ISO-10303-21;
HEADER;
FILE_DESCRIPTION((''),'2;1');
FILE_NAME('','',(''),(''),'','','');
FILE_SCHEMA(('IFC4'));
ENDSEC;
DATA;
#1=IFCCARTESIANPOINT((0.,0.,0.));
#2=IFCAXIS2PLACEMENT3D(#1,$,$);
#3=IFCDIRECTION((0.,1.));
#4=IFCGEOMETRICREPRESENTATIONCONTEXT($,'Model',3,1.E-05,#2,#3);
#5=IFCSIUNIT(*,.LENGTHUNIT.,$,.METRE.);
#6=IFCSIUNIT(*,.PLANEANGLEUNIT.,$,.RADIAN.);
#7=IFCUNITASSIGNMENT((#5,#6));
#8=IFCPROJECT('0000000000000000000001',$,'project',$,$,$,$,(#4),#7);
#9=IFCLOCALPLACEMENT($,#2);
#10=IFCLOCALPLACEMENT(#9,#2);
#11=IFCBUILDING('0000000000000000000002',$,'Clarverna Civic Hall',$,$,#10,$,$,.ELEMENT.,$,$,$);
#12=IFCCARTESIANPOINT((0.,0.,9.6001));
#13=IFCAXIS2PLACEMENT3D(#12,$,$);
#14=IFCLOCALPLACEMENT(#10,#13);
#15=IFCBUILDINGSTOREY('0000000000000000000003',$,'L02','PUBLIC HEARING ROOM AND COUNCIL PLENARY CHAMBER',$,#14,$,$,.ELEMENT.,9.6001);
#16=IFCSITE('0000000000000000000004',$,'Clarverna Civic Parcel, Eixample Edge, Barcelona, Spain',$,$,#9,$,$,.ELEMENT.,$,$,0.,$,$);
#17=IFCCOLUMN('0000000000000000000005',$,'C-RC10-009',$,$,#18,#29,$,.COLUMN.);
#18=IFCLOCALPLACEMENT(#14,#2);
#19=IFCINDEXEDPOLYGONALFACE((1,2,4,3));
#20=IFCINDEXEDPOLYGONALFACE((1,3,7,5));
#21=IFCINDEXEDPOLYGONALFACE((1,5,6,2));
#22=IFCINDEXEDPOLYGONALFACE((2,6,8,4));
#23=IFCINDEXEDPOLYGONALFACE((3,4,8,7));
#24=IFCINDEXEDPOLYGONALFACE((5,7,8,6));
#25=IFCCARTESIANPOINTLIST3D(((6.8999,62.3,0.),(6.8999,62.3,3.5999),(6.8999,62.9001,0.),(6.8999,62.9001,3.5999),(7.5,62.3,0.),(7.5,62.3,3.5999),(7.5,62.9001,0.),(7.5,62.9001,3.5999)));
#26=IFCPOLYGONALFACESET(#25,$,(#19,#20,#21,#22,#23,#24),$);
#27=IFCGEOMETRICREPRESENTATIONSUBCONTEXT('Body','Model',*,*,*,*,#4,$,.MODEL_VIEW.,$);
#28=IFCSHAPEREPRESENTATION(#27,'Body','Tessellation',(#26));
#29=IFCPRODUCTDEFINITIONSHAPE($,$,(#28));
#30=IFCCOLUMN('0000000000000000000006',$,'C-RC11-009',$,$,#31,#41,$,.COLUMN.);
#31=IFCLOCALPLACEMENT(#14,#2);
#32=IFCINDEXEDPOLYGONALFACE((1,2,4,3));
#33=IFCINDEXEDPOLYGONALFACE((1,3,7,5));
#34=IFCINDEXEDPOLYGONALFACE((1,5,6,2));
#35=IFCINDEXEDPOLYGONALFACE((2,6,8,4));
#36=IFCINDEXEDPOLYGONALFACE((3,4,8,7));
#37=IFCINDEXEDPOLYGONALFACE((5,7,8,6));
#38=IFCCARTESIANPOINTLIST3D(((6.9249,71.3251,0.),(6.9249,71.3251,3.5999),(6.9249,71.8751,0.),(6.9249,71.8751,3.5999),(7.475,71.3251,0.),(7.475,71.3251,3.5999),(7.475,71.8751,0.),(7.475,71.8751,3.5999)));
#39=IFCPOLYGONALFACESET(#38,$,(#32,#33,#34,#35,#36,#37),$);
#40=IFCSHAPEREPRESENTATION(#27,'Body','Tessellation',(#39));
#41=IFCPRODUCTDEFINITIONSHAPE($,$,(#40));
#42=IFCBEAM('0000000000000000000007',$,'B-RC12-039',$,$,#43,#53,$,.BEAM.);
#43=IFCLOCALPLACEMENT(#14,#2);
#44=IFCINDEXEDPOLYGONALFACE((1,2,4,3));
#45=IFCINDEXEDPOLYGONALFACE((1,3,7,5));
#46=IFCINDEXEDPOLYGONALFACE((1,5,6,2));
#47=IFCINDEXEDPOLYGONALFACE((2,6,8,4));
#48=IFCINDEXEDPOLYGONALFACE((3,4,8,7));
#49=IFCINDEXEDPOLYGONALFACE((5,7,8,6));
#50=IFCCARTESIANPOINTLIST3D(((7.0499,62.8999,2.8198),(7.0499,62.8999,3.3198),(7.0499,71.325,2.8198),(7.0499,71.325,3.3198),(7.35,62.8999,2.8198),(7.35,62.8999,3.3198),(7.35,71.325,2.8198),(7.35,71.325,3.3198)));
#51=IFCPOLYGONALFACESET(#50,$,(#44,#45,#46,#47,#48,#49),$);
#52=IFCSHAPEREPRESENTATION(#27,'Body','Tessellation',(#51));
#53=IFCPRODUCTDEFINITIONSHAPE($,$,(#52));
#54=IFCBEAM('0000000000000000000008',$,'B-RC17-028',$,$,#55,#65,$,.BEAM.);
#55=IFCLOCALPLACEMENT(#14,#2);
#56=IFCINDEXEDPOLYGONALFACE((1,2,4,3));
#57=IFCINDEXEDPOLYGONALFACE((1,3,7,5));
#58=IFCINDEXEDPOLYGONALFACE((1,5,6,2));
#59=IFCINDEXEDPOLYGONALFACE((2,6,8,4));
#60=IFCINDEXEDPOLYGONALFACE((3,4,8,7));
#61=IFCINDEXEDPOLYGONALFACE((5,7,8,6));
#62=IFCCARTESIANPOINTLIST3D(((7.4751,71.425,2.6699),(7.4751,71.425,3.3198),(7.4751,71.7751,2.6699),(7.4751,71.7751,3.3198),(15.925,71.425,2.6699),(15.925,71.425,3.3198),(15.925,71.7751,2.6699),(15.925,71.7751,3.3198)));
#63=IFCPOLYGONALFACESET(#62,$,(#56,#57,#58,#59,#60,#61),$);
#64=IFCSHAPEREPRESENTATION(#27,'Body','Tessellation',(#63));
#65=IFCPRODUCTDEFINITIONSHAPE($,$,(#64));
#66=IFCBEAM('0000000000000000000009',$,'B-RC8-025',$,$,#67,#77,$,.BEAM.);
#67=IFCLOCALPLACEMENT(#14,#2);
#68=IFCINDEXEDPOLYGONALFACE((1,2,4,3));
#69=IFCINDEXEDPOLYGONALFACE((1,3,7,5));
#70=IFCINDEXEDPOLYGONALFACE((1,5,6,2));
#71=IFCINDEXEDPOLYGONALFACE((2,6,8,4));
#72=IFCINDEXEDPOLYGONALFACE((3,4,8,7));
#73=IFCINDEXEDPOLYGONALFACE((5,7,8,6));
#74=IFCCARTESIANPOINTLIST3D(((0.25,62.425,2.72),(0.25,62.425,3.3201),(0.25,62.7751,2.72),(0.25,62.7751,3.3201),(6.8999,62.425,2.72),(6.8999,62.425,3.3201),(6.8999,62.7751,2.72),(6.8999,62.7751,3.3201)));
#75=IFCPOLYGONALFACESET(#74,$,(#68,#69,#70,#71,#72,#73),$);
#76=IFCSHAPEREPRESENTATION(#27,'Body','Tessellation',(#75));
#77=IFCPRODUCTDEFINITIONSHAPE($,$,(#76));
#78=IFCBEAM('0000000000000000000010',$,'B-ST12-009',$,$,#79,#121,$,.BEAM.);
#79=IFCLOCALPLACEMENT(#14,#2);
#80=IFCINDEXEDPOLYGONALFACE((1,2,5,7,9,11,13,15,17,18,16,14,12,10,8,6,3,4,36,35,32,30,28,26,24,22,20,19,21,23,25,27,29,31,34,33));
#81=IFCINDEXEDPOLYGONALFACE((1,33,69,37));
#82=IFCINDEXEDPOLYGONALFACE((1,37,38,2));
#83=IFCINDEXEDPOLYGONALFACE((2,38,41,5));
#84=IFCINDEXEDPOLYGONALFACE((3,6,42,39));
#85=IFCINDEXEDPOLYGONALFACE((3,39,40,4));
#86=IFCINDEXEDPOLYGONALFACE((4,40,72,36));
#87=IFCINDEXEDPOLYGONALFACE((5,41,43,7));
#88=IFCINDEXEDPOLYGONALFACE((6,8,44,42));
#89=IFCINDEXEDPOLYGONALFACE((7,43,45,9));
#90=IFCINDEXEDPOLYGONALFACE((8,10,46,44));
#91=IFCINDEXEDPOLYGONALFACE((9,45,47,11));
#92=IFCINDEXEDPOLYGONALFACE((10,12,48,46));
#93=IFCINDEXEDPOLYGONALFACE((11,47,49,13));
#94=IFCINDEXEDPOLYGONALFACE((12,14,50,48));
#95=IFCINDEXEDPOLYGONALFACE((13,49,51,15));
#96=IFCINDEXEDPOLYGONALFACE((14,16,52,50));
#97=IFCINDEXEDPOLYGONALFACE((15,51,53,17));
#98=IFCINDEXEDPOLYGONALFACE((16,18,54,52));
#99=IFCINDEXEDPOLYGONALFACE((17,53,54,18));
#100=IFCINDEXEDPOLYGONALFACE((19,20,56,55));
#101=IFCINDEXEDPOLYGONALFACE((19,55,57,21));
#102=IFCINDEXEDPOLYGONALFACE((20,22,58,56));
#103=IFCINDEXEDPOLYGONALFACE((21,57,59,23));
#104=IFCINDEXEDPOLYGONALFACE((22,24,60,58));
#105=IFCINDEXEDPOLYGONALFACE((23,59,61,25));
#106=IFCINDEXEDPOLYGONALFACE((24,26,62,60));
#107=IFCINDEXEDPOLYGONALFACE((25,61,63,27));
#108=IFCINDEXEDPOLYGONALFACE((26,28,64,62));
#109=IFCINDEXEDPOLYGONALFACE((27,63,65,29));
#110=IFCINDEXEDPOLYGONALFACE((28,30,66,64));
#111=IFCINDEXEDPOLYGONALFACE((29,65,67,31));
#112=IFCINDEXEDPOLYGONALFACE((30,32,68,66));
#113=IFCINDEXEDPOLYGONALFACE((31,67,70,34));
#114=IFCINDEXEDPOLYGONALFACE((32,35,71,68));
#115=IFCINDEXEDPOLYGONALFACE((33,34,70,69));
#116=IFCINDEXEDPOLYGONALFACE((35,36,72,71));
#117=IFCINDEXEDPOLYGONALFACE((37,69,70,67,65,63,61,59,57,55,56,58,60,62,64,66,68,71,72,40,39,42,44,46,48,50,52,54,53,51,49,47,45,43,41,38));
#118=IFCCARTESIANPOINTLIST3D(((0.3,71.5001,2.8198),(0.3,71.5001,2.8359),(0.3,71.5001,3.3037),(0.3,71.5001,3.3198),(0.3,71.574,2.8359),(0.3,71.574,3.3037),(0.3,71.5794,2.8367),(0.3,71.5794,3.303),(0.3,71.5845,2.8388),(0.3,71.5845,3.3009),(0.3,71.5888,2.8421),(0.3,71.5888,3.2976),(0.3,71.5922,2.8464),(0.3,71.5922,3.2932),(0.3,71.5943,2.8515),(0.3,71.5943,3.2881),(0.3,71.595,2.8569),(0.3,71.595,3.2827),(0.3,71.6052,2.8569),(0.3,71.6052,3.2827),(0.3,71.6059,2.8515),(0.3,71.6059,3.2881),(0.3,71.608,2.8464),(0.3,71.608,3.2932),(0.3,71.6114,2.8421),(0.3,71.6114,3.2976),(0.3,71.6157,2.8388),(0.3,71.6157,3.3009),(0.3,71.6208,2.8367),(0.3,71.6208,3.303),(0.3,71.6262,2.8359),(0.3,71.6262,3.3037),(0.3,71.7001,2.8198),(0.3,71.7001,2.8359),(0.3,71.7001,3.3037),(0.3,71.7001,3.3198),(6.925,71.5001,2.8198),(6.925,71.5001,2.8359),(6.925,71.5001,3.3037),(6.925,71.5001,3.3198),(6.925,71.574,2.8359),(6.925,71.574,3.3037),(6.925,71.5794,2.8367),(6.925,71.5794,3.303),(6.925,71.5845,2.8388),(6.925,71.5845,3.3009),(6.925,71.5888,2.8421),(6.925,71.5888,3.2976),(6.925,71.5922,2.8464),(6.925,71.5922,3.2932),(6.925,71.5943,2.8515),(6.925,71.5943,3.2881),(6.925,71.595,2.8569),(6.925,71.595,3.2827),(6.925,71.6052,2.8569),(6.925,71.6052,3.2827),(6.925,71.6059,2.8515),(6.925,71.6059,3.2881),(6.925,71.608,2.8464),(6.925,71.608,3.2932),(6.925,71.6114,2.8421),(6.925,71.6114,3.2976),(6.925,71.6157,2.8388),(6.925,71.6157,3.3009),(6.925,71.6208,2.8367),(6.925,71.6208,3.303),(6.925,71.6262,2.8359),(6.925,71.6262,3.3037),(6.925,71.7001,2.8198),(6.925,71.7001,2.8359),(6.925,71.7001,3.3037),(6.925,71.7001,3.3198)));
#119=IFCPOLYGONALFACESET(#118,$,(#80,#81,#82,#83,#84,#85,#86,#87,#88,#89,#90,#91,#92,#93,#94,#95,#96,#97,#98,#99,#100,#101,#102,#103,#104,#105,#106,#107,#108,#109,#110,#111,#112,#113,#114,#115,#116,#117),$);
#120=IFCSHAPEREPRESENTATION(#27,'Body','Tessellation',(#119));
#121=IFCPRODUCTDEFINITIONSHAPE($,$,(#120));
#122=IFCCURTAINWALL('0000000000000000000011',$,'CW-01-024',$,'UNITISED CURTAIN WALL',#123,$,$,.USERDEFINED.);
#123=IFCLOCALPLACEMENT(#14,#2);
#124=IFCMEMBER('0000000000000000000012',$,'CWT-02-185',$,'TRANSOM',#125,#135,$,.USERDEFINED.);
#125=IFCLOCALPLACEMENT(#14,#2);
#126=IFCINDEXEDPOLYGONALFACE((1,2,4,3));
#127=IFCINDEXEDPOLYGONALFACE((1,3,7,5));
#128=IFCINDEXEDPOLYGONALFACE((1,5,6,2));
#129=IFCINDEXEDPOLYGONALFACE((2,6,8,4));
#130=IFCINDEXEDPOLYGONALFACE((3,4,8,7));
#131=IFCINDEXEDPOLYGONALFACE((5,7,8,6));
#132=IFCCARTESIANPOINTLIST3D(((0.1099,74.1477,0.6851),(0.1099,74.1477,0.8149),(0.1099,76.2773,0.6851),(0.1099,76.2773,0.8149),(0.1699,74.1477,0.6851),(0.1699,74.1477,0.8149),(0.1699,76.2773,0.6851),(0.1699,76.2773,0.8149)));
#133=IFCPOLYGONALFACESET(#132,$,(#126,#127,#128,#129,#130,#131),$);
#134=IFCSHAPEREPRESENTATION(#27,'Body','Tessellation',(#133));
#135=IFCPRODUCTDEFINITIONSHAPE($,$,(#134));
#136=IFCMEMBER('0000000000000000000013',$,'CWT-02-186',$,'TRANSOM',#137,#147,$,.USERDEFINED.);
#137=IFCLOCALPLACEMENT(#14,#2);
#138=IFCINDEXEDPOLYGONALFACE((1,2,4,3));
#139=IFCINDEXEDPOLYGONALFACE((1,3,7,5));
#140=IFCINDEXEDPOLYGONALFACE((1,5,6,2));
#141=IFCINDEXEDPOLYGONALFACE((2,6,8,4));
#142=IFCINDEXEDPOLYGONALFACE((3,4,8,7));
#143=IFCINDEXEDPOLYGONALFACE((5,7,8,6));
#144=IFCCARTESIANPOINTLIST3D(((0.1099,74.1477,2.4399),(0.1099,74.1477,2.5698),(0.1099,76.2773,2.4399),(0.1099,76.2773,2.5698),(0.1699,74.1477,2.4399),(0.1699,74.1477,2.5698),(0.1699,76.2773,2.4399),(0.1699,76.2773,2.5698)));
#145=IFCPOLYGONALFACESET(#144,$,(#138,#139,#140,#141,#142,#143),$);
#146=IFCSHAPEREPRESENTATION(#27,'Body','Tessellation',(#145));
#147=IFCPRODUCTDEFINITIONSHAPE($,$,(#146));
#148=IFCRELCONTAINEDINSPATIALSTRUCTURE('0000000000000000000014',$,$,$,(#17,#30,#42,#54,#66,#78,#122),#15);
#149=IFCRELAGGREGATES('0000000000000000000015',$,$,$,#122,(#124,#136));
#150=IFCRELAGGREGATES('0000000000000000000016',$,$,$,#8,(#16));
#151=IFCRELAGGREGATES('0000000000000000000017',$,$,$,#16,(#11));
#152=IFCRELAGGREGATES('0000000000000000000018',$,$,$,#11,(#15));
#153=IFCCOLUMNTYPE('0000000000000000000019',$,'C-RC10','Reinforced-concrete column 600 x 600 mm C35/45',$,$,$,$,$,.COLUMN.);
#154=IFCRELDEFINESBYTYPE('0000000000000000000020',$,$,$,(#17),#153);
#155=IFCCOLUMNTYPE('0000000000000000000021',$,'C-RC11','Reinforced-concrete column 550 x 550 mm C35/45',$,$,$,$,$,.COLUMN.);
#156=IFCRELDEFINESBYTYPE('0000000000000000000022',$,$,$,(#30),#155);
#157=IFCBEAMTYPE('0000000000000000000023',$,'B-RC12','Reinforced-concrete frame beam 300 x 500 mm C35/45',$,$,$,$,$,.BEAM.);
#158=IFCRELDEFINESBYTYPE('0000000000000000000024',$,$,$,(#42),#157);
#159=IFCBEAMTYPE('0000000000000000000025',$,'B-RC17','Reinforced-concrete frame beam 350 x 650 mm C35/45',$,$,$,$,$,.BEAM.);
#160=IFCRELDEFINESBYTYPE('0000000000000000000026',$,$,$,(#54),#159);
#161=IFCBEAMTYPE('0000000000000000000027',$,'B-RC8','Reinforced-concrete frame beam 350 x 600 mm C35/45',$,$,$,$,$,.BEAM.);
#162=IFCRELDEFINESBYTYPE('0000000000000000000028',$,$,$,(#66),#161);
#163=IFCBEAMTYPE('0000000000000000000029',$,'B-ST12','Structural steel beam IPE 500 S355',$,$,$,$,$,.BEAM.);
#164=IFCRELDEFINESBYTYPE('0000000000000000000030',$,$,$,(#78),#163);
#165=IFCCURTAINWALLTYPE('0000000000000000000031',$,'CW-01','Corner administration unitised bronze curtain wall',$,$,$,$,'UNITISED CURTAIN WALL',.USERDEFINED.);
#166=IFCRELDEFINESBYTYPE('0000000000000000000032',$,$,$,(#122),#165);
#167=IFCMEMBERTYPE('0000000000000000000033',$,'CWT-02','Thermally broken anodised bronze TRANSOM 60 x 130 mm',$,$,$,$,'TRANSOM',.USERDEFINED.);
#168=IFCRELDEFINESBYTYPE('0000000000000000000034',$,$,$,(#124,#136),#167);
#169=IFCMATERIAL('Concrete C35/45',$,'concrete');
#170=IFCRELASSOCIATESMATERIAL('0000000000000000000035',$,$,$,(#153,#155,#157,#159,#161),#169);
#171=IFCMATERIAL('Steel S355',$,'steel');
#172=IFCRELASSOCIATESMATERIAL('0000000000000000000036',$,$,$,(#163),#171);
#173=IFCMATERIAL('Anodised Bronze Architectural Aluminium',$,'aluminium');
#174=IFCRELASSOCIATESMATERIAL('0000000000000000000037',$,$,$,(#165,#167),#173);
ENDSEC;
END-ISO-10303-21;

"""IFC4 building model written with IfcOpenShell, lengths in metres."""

from ifc_helpers import new_model, si_unit, direction, frame, origin, origin_2d, place, context, subcontext, project, spatial, rectangle, i_section, extrude, material, material_profile, profile_set, type_object, element, aggregate, save


model = new_model("IFC4")

# Units and contexts
model_context = context("Model", 3, precision=1e-05, world=origin(), true_north=direction((0.0, 1.0)))
body_context = subcontext(model_context, "Body", "Model", "MODEL_VIEW")
ifc_project = project(units=[si_unit("LENGTHUNIT", "METRE"), si_unit("PLANEANGLEUNIT", "RADIAN")], contexts=[model_context])

# Site, building, storey
site_placement = place(None, origin())
site = spatial("IfcSite", under=ifc_project, at=site_placement, Name="Clarverna Civic Parcel, Eixample Edge, Barcelona, Spain", CompositionType="ELEMENT", RefElevation=0.0)
building_placement = place(site_placement, origin())
building = spatial("IfcBuilding", under=site, at=building_placement, Name="Clarverna Civic Hall", CompositionType="ELEMENT")
storey_placement = place(building_placement, frame((0.0, 0.0, 9.6001)))
storey = spatial("IfcBuildingStorey", under=building, at=storey_placement, Name="L02", Description="PUBLIC HEARING ROOM AND COUNCIL PLENARY CHAMBER", CompositionType="ELEMENT", Elevation=9.6001)

# Columns
ifc_material_1 = material(Name="Concrete C35/45", Category="concrete")
ifc_material_profile_1 = material_profile(ifc_material_1, rectangle(XDim=0.6001, YDim=0.6001, at=origin_2d()), Name="RC 600x600")
ifc_profile_set_1 = profile_set([ifc_material_profile_1], Name="Concrete C35/45")
column_type_1 = type_object("IfcColumnType", Name="C-RC10", Description="Reinforced-concrete column 600 x 600 mm C35/45", PredefinedType="COLUMN", material=ifc_profile_set_1)
column_1_placement = place(storey_placement, frame((7.2, 62.6001, 0.0), z_axis=(0.0, 0.0, 1.0), x_axis=(1.0, 0.0, 0.0)))
element("IfcColumn", 1, at=column_1_placement, inside=storey, type_object=column_type_1, Name="C-RC10-009", PredefinedType="COLUMN", context=body_context, shape_type="SweptSolid", body=[
    extrude(rectangle(XDim=0.6001, YDim=0.6001, at=origin_2d()), origin(), (0.0, 0.0, 1.0), 3.5999),
])
ifc_material_profile_2 = material_profile(ifc_material_1, rectangle(XDim=0.55, YDim=0.55, at=origin_2d()), Name="RC 550x550")
ifc_profile_set_2 = profile_set([ifc_material_profile_2], Name="Concrete C35/45")
column_type_2 = type_object("IfcColumnType", Name="C-RC11", Description="Reinforced-concrete column 550 x 550 mm C35/45", PredefinedType="COLUMN", material=ifc_profile_set_2)
column_2_placement = place(storey_placement, frame((7.2, 71.6001, 0.0), z_axis=(0.0, 0.0, 1.0), x_axis=(1.0, 0.0, 0.0)))
element("IfcColumn", 2, at=column_2_placement, inside=storey, type_object=column_type_2, Name="C-RC11-009", PredefinedType="COLUMN", context=body_context, shape_type="SweptSolid", body=[
    extrude(rectangle(XDim=0.55, YDim=0.55, at=origin_2d()), origin(), (0.0, 0.0, 1.0), 3.5999),
])

# Beams
ifc_material_profile_3 = material_profile(ifc_material_1, rectangle(XDim=0.3, YDim=0.5, at=origin_2d()), Name="RC 300x500")
ifc_profile_set_3 = profile_set([ifc_material_profile_3], Name="Concrete C35/45")
beam_type_1 = type_object("IfcBeamType", Name="B-RC12", Description="Reinforced-concrete frame beam 300 x 500 mm C35/45", PredefinedType="BEAM", material=ifc_profile_set_3)
beam_1_placement = place(storey_placement, frame((7.2, 62.8999, 3.0698), z_axis=(0.0, 1.0, 0.0), x_axis=(-1.0, 0.0, 0.0)))
element("IfcBeam", 3, at=beam_1_placement, inside=storey, type_object=beam_type_1, Name="B-RC12-039", PredefinedType="BEAM", context=body_context, shape_type="SweptSolid", body=[
    extrude(rectangle(XDim=0.3, YDim=0.5, at=origin_2d()), origin(), (0.0, 0.0, 1.0), 8.425),
])
ifc_material_profile_4 = material_profile(ifc_material_1, rectangle(XDim=0.3501, YDim=0.6499, at=origin_2d()), Name="RC 350x650")
ifc_profile_set_4 = profile_set([ifc_material_profile_4], Name="Concrete C35/45")
beam_type_2 = type_object("IfcBeamType", Name="B-RC17", Description="Reinforced-concrete frame beam 350 x 650 mm C35/45", PredefinedType="BEAM", material=ifc_profile_set_4)
beam_2_placement = place(storey_placement, frame((7.4751, 71.6001, 2.9949), z_axis=(1.0, 0.0, 0.0), x_axis=(0.0, 1.0, 0.0)))
element("IfcBeam", 4, at=beam_2_placement, inside=storey, type_object=beam_type_2, Name="B-RC17-028", PredefinedType="BEAM", context=body_context, shape_type="SweptSolid", body=[
    extrude(rectangle(XDim=0.3501, YDim=0.6499, at=origin_2d()), origin(), (0.0, 0.0, 1.0), 8.45),
])
ifc_material_profile_5 = material_profile(ifc_material_1, rectangle(XDim=0.3501, YDim=0.6001, at=origin_2d()), Name="RC 350x600")
ifc_profile_set_5 = profile_set([ifc_material_profile_5], Name="Concrete C35/45")
beam_type_3 = type_object("IfcBeamType", Name="B-RC8", Description="Reinforced-concrete frame beam 350 x 600 mm C35/45", PredefinedType="BEAM", material=ifc_profile_set_5)
beam_3_placement = place(storey_placement, frame((0.25, 62.6001, 3.02), z_axis=(1.0, 0.0, 0.0), x_axis=(0.0, 1.0, 0.0)))
element("IfcBeam", 5, at=beam_3_placement, inside=storey, type_object=beam_type_3, Name="B-RC8-025", PredefinedType="BEAM", context=body_context, shape_type="SweptSolid", body=[
    extrude(rectangle(XDim=0.3501, YDim=0.6001, at=origin_2d()), origin(), (0.0, 0.0, 1.0), 6.6499),
])
ifc_material_2 = material(Name="Steel S355", Category="steel")
ifc_material_profile_6 = material_profile(ifc_material_2, i_section(OverallWidth=0.2, OverallDepth=0.5, WebThickness=0.0103, FlangeThickness=0.0161, FilletRadius=0.021, at=origin_2d()), Name="IPE 500")
ifc_profile_set_6 = profile_set([ifc_material_profile_6], Name="Steel S355")
beam_type_4 = type_object("IfcBeamType", Name="B-ST12", Description="Structural steel beam IPE 500 S355", PredefinedType="BEAM", material=ifc_profile_set_6)
beam_4_placement = place(storey_placement, frame((0.3, 71.6001, 3.0698), z_axis=(1.0, 0.0, 0.0), x_axis=(0.0, 1.0, 0.0)))
element("IfcBeam", 6, at=beam_4_placement, inside=storey, type_object=beam_type_4, Name="B-ST12-009", PredefinedType="BEAM", context=body_context, shape_type="SweptSolid", body=[
    extrude(i_section(OverallWidth=0.2, OverallDepth=0.5, WebThickness=0.0103, FlangeThickness=0.0161, FilletRadius=0.021, at=origin_2d()), origin(), (0.0, 0.0, 1.0), 6.625),
])

# Curtain wall, members
ifc_material_3 = material(Name="Anodised Bronze Architectural Aluminium", Category="aluminium")
curtain_wall_type = type_object("IfcCurtainWallType", Name="CW-01", Description="Corner administration unitised bronze curtain wall", ElementType="UNITISED CURTAIN WALL", PredefinedType="USERDEFINED", material=ifc_material_3)
curtain_wall_placement = place(storey_placement, origin())
curtain_wall = element("IfcCurtainWall", 7, at=curtain_wall_placement, inside=storey, type_object=curtain_wall_type, Name="CW-01-024", ObjectType="UNITISED CURTAIN WALL", PredefinedType="USERDEFINED")
ifc_material_profile_7 = material_profile(ifc_material_3, rectangle(XDim=0.0601, YDim=0.1299, at=origin_2d()), Name="BRONZE 60x130")
ifc_profile_set_7 = profile_set([ifc_material_profile_7], Name="Anodised Bronze Architectural Aluminium")
member_type = type_object("IfcMemberType", Name="CWT-02", Description="Thermally broken anodised bronze TRANSOM 60 x 130 mm", ElementType="TRANSOM", PredefinedType="USERDEFINED", material=ifc_profile_set_7)
member_1_placement = place(storey_placement, frame((0.1399, 74.1477, 0.75), z_axis=(0.0, 1.0, 0.0), x_axis=(-1.0, 0.0, 0.0)))
member_1 = element("IfcMember", 8, at=member_1_placement, type_object=member_type, Name="CWT-02-185", ObjectType="TRANSOM", PredefinedType="USERDEFINED", context=body_context, shape_type="SweptSolid", body=[
    extrude(rectangle(XDim=0.0601, YDim=0.1299, at=origin_2d()), origin(), (0.0, 0.0, 1.0), 2.1296),
])
member_2_placement = place(storey_placement, frame((0.1399, 74.1477, 2.5049), z_axis=(0.0, 1.0, 0.0), x_axis=(-1.0, 0.0, 0.0)))
member_2 = element("IfcMember", 9, at=member_2_placement, type_object=member_type, Name="CWT-02-186", ObjectType="TRANSOM", PredefinedType="USERDEFINED", context=body_context, shape_type="SweptSolid", body=[
    extrude(rectangle(XDim=0.0601, YDim=0.1299, at=origin_2d()), origin(), (0.0, 0.0, 1.0), 2.1296),
])

aggregate(curtain_wall, [member_1, member_2])

save(model, "model.ifc")
